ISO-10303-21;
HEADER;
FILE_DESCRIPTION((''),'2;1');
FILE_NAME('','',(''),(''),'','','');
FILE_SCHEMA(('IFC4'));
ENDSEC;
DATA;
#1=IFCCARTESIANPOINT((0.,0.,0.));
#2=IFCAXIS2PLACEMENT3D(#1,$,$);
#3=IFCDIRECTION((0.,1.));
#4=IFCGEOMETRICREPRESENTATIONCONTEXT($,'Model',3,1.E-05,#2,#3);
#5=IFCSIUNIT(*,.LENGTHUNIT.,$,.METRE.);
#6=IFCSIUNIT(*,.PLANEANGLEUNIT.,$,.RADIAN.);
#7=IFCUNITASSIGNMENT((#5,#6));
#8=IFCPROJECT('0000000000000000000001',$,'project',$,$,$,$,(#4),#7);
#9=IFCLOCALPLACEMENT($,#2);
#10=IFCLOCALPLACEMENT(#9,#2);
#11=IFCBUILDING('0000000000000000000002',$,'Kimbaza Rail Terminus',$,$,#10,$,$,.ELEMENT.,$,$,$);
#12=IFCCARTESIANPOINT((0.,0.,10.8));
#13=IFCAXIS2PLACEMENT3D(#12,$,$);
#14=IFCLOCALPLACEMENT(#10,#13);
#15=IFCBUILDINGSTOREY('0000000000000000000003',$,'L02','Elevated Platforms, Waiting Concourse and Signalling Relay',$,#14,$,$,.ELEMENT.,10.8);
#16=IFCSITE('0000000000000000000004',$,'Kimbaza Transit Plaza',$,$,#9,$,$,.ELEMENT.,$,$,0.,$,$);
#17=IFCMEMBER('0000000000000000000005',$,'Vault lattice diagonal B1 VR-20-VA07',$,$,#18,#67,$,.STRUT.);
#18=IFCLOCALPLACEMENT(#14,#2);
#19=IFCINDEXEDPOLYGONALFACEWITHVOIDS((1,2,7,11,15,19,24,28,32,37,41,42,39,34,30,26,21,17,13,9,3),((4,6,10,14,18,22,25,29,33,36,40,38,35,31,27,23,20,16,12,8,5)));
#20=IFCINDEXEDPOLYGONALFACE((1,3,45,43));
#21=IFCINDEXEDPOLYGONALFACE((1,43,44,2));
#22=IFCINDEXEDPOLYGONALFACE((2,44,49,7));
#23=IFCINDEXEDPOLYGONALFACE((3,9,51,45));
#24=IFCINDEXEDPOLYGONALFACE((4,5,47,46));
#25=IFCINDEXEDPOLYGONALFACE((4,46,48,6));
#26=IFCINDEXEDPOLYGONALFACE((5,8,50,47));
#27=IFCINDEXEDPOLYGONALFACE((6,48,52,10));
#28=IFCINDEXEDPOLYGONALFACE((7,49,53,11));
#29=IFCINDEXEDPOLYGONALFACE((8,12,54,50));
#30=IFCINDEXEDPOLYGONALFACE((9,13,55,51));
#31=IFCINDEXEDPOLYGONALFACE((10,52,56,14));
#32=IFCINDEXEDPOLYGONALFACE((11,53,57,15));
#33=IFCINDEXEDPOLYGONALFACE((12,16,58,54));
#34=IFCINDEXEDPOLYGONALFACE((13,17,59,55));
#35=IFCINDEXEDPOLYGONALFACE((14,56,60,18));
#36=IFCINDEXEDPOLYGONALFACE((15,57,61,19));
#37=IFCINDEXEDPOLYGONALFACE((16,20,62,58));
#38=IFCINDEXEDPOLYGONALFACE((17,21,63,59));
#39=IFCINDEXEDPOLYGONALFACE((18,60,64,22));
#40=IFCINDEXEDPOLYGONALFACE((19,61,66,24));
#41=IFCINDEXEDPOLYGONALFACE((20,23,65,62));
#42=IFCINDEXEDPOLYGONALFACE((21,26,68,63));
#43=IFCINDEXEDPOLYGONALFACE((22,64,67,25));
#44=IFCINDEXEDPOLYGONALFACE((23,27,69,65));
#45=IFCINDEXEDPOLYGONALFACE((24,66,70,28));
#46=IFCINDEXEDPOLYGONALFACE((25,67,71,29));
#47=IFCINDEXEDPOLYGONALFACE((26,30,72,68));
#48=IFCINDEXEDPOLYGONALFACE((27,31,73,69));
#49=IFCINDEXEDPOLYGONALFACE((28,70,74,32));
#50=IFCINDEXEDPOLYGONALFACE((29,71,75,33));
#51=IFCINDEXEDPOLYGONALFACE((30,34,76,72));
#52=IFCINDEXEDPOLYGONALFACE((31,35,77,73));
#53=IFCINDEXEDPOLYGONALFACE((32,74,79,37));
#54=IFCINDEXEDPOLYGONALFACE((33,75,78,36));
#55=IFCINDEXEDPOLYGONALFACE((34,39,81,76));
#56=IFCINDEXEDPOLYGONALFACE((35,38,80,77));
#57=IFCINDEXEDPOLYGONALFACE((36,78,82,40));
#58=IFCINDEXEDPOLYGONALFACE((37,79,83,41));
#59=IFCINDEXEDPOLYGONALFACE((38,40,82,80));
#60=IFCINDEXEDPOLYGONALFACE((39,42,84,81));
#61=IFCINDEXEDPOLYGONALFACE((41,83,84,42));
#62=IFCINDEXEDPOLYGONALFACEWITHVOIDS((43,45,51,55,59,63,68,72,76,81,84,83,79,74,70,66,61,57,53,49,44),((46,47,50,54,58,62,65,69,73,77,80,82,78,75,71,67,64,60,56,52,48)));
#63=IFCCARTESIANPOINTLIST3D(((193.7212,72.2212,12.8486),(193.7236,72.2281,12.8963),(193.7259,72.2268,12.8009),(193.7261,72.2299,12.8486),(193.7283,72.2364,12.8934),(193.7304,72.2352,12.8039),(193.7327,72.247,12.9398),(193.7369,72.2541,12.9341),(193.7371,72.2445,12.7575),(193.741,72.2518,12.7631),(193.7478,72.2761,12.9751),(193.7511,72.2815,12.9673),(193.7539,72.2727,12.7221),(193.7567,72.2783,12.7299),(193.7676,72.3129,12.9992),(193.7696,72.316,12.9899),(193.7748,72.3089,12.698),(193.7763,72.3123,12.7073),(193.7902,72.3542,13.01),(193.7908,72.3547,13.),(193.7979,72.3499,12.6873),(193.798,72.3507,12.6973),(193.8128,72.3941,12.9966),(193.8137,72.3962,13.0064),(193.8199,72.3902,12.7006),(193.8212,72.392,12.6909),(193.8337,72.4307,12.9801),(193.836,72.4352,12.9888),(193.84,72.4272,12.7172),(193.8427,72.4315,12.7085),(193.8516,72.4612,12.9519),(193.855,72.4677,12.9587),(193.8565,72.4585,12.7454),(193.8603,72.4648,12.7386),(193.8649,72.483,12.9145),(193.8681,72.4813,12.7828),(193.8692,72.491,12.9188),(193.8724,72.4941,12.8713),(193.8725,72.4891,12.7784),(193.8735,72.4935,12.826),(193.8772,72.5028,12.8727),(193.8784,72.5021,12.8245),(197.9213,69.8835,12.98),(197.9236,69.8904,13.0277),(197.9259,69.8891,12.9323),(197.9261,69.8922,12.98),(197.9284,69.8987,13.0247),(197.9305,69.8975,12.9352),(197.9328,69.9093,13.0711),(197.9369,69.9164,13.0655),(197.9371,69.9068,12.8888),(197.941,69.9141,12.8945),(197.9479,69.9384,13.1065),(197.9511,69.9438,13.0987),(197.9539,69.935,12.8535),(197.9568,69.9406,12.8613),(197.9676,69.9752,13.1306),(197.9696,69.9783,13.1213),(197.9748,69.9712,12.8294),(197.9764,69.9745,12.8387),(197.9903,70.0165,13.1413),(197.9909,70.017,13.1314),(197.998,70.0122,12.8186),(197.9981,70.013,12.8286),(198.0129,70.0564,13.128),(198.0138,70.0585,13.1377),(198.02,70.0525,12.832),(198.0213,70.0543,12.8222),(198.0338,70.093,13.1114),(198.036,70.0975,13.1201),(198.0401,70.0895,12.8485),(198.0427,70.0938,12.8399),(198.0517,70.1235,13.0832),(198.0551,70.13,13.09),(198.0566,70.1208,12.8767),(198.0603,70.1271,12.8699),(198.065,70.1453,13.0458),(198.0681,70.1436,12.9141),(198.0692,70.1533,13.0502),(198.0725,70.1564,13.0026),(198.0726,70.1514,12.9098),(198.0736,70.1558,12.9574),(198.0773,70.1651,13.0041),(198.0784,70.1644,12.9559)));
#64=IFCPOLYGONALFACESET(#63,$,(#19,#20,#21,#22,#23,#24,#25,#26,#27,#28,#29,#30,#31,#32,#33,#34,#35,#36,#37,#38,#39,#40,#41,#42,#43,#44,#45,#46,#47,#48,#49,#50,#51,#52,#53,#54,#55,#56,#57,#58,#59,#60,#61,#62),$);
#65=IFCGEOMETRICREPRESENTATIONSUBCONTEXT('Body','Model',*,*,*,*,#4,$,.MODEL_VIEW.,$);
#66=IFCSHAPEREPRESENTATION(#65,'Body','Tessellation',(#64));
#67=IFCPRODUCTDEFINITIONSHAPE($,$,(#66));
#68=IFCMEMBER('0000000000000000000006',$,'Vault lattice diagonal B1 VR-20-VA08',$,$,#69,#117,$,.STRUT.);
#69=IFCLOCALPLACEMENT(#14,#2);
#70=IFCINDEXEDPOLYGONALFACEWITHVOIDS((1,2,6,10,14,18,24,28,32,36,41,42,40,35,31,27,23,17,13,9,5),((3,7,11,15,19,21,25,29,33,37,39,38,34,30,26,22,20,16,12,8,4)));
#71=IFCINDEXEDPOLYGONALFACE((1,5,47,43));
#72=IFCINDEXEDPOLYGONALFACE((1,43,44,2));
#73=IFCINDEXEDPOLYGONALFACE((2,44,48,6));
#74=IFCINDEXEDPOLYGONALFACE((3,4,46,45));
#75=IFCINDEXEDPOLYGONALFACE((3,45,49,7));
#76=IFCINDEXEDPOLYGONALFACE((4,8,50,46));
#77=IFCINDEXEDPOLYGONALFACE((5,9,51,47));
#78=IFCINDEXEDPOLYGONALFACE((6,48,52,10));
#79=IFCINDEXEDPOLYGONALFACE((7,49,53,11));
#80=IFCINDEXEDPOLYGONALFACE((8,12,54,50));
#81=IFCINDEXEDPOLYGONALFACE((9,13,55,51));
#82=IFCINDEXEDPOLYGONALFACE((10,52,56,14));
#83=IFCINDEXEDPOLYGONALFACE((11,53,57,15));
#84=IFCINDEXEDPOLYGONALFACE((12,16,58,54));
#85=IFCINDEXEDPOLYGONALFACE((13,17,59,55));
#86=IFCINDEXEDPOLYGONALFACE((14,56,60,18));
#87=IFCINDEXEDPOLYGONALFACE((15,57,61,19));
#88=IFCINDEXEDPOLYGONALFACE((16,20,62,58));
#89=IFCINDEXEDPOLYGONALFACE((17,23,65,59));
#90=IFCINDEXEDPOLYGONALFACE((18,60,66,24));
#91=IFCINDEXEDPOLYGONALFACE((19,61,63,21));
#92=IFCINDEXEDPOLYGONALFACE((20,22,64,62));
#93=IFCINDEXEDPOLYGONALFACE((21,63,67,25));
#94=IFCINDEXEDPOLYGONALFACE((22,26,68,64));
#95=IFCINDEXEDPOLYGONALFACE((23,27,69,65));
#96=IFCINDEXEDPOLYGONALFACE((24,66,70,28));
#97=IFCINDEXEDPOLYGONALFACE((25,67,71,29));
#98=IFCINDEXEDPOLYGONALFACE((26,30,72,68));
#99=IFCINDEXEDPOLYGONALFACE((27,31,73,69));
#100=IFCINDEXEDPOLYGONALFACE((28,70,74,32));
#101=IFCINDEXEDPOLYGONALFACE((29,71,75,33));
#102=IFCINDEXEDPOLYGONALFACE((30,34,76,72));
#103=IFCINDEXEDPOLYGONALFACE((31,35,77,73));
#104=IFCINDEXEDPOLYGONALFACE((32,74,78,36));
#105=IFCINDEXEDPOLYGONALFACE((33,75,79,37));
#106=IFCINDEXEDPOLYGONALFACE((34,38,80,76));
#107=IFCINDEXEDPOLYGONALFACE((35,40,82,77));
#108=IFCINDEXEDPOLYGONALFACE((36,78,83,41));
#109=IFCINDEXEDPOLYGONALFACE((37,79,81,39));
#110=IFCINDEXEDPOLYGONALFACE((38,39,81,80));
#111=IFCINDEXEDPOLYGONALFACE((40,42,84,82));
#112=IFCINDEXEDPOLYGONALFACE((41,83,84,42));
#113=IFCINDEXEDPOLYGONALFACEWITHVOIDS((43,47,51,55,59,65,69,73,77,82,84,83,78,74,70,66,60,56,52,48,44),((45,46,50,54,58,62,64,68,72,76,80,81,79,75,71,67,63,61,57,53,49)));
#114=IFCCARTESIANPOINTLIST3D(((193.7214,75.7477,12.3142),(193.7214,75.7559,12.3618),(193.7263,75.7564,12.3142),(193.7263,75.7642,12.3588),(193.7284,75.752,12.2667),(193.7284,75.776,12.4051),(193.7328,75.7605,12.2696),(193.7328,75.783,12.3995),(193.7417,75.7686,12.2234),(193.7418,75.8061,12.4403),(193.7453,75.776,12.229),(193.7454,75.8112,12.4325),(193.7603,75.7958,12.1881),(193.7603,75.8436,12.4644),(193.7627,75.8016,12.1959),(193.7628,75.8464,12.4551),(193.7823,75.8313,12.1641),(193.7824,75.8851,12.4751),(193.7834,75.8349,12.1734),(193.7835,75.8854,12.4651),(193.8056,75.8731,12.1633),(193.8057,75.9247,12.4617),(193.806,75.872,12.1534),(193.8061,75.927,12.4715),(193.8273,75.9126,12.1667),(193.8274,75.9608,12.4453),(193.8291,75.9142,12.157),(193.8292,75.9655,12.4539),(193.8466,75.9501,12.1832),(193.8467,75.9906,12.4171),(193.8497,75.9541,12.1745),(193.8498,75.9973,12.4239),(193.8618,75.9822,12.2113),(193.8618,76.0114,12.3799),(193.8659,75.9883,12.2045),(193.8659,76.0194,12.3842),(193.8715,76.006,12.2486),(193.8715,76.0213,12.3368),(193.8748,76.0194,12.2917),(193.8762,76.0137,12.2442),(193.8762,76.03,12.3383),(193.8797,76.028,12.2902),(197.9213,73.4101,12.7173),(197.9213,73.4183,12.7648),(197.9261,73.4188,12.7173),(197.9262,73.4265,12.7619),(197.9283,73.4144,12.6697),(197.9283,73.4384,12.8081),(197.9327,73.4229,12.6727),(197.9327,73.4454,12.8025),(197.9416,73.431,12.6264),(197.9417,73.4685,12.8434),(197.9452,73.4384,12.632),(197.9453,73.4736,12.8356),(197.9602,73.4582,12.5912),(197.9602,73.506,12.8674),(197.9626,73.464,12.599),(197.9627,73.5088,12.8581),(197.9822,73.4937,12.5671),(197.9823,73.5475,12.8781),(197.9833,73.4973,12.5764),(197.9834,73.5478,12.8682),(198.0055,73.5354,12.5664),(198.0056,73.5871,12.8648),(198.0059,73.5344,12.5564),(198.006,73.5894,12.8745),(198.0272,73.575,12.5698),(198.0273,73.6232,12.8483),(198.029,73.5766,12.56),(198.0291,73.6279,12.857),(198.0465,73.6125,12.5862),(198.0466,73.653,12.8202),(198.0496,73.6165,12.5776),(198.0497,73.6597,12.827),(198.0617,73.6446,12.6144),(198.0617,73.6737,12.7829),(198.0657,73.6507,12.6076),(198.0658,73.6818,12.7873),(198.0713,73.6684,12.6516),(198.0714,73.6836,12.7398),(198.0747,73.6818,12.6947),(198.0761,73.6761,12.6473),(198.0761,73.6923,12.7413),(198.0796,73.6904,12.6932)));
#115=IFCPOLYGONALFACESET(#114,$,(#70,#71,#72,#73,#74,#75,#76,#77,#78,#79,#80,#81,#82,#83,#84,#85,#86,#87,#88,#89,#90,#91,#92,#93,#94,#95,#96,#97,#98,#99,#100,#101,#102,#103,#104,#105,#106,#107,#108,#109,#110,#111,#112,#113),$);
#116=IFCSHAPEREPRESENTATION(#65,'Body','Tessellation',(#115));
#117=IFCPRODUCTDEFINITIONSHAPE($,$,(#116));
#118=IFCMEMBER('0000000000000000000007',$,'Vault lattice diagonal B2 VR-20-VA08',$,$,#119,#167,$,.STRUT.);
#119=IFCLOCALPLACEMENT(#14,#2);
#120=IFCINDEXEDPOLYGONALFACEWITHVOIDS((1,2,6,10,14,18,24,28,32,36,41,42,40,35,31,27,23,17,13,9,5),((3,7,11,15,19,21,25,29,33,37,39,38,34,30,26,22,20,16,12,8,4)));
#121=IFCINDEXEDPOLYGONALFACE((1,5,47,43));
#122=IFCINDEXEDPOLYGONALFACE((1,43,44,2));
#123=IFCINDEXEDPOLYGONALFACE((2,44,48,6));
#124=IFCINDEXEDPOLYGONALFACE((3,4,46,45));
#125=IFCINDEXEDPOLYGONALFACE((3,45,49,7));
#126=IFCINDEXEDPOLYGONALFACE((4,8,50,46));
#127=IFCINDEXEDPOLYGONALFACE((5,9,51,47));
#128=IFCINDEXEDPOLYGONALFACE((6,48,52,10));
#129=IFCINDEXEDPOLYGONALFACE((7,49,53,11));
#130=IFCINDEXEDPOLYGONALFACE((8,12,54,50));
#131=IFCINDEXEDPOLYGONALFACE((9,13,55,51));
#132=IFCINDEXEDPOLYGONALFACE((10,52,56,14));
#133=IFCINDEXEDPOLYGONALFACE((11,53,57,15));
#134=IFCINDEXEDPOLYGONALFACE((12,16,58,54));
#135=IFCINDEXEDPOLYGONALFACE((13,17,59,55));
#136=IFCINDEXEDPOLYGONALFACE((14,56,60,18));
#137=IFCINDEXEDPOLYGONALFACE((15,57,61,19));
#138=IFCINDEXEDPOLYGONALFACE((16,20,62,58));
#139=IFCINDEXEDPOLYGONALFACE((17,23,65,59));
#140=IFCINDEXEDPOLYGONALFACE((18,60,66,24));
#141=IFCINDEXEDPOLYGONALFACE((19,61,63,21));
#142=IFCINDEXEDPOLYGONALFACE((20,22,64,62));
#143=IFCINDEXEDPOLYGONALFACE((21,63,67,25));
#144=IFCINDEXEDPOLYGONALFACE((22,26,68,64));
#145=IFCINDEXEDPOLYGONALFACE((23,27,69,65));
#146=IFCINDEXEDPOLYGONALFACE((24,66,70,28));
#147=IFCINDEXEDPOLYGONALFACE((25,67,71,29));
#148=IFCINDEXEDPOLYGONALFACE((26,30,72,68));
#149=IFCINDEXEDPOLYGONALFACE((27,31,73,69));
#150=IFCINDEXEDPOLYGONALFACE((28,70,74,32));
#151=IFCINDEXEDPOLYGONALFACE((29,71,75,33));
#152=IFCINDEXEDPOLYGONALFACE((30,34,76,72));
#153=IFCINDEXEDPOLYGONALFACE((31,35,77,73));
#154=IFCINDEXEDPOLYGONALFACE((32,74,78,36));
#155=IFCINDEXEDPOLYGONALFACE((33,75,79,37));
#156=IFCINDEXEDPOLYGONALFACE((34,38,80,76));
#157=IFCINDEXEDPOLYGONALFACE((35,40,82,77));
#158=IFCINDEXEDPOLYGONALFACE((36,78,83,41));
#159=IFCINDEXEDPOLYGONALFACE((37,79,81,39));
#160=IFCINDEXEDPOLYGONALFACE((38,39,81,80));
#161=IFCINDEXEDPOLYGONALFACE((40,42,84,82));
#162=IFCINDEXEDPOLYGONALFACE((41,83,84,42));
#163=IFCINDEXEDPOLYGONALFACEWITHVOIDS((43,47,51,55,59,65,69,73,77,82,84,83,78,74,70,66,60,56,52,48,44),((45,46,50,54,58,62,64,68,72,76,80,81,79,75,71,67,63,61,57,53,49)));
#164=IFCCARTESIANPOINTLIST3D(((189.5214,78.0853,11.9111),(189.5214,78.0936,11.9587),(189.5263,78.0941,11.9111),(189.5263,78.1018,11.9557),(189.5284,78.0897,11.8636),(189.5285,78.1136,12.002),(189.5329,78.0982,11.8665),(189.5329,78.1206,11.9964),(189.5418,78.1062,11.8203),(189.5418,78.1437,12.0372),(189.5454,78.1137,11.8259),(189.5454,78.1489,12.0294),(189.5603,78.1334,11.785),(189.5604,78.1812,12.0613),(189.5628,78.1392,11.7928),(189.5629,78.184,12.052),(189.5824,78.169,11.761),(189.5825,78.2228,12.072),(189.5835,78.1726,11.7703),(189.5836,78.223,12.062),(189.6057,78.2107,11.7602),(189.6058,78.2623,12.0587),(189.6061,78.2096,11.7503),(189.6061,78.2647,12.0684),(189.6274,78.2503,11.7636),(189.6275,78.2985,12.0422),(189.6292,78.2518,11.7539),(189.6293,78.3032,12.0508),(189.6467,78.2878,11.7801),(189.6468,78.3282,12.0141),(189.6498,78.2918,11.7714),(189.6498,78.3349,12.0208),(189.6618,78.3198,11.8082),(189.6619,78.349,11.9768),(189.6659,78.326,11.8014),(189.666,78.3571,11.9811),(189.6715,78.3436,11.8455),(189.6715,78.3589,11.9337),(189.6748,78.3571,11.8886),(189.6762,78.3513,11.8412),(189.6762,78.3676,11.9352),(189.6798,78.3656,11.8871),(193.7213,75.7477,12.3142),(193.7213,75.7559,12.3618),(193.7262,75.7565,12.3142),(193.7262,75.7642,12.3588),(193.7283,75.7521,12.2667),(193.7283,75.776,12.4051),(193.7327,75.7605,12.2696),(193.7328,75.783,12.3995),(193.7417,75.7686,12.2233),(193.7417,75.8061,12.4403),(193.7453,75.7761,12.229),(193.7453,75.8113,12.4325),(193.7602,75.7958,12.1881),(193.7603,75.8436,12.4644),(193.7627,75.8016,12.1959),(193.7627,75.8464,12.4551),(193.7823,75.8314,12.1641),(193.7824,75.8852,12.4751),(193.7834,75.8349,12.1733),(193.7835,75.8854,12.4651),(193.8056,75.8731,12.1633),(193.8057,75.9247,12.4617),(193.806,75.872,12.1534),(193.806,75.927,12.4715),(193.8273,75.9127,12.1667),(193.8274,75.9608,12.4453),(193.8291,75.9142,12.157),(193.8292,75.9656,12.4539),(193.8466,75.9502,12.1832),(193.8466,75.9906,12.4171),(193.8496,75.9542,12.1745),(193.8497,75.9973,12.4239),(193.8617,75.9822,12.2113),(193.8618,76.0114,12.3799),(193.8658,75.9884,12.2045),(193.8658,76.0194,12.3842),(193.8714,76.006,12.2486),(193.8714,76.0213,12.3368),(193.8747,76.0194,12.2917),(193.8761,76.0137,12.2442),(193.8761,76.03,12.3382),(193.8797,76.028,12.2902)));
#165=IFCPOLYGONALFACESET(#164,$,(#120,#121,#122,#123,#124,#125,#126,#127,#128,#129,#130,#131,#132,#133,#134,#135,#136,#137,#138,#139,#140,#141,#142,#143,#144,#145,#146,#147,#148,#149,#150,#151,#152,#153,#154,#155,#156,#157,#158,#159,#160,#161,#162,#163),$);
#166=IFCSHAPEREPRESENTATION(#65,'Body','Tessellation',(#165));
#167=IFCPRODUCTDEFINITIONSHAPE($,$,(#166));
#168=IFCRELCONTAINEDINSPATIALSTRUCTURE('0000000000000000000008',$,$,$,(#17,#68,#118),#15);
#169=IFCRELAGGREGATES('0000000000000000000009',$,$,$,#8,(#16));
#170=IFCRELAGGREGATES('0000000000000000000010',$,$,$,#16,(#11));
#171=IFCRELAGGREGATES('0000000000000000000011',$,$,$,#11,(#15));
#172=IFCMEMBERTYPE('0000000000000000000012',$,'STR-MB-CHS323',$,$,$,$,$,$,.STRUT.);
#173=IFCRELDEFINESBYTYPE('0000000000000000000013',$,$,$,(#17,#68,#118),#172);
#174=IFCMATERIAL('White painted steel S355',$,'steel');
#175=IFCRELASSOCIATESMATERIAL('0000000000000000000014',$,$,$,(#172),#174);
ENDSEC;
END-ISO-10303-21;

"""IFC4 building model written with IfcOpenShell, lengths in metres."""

from ifc_helpers import new_model, si_unit, direction, frame, origin, origin_2d, place, context, subcontext, project, spatial, hollow_circle, extrude, material, material_profile, profile_set, type_object, element, save


model = new_model("IFC4")

# Units and contexts
model_context = context("Model", 3, precision=1e-05, world=origin(), true_north=direction((0.0, 1.0)))
body_context = subcontext(model_context, "Body", "Model", "MODEL_VIEW")
ifc_project = project(units=[si_unit("LENGTHUNIT", "METRE"), si_unit("PLANEANGLEUNIT", "RADIAN")], contexts=[model_context])

# Site, building, storey
site_placement = place(None, origin())
site = spatial("IfcSite", under=ifc_project, at=site_placement, Name="Kimbaza Transit Plaza", CompositionType="ELEMENT", RefElevation=0.0)
building_placement = place(site_placement, origin())
building = spatial("IfcBuilding", under=site, at=building_placement, Name="Kimbaza Rail Terminus", CompositionType="ELEMENT")
storey_placement = place(building_placement, frame((0.0, 0.0, 10.8)))
storey = spatial("IfcBuildingStorey", under=building, at=storey_placement, Name="L02", Description="Elevated Platforms, Waiting Concourse and Signalling Relay", CompositionType="ELEMENT", Elevation=10.8)

# Members
ifc_material_1 = material(Name="White painted steel S355", Category="steel")
ifc_material_profile_1 = material_profile(ifc_material_1, hollow_circle(Radius=0.1619, WallThickness=0.01, at=origin_2d()), Name="CHS 323.9x10")
ifc_profile_set_1 = profile_set([ifc_material_profile_1], Name="White painted steel S355")
member_type_1 = type_object("IfcMemberType", Name="STR-MB-CHS323", PredefinedType="STRUT", material=ifc_profile_set_1)
member_1_placement = place(storey_placement, frame((198.0, 70.0249, 12.98), z_axis=(-0.873448, 0.486151, -0.027316), x_axis=(-0.486333, -0.873774, 0.0)))
element("IfcMember", 1, at=member_1_placement, inside=storey, type_object=member_type_1, Name="Vault lattice diagonal B1 VR-20-VA07", PredefinedType="STRUT", context=body_context, shape_type="SweptSolid", body=[
    extrude(hollow_circle(Radius=0.1619, WallThickness=0.01, at=origin_2d()), origin(), (0.0, 0.0, 1.0), 4.8086),
])
for number, where, z_axis, x_axis, name in (
    (2, (198.0, 73.5515, 12.7173), (-0.870718, 0.484632, -0.083564), (-0.486333, -0.873774, 0.0), "Vault lattice diagonal B1 VR-20-VA08"),
    (3, (193.8, 75.8892, 12.3142), (-0.870718, 0.484632, -0.083564), (-0.486333, -0.873774, 0.0), "Vault lattice diagonal B2 VR-20-VA08"),
):
    element("IfcMember", number, at=place(storey_placement, frame(where, z_axis=z_axis, x_axis=x_axis)), inside=storey, type_object=member_type_1, Name=name, PredefinedType="STRUT", context=body_context, shape_type="SweptSolid", body=[
        extrude(hollow_circle(Radius=0.1619, WallThickness=0.01, at=origin_2d()), origin(), (0.0, 0.0, 1.0), 4.8235),
    ])

save(model, "model.ifc")
